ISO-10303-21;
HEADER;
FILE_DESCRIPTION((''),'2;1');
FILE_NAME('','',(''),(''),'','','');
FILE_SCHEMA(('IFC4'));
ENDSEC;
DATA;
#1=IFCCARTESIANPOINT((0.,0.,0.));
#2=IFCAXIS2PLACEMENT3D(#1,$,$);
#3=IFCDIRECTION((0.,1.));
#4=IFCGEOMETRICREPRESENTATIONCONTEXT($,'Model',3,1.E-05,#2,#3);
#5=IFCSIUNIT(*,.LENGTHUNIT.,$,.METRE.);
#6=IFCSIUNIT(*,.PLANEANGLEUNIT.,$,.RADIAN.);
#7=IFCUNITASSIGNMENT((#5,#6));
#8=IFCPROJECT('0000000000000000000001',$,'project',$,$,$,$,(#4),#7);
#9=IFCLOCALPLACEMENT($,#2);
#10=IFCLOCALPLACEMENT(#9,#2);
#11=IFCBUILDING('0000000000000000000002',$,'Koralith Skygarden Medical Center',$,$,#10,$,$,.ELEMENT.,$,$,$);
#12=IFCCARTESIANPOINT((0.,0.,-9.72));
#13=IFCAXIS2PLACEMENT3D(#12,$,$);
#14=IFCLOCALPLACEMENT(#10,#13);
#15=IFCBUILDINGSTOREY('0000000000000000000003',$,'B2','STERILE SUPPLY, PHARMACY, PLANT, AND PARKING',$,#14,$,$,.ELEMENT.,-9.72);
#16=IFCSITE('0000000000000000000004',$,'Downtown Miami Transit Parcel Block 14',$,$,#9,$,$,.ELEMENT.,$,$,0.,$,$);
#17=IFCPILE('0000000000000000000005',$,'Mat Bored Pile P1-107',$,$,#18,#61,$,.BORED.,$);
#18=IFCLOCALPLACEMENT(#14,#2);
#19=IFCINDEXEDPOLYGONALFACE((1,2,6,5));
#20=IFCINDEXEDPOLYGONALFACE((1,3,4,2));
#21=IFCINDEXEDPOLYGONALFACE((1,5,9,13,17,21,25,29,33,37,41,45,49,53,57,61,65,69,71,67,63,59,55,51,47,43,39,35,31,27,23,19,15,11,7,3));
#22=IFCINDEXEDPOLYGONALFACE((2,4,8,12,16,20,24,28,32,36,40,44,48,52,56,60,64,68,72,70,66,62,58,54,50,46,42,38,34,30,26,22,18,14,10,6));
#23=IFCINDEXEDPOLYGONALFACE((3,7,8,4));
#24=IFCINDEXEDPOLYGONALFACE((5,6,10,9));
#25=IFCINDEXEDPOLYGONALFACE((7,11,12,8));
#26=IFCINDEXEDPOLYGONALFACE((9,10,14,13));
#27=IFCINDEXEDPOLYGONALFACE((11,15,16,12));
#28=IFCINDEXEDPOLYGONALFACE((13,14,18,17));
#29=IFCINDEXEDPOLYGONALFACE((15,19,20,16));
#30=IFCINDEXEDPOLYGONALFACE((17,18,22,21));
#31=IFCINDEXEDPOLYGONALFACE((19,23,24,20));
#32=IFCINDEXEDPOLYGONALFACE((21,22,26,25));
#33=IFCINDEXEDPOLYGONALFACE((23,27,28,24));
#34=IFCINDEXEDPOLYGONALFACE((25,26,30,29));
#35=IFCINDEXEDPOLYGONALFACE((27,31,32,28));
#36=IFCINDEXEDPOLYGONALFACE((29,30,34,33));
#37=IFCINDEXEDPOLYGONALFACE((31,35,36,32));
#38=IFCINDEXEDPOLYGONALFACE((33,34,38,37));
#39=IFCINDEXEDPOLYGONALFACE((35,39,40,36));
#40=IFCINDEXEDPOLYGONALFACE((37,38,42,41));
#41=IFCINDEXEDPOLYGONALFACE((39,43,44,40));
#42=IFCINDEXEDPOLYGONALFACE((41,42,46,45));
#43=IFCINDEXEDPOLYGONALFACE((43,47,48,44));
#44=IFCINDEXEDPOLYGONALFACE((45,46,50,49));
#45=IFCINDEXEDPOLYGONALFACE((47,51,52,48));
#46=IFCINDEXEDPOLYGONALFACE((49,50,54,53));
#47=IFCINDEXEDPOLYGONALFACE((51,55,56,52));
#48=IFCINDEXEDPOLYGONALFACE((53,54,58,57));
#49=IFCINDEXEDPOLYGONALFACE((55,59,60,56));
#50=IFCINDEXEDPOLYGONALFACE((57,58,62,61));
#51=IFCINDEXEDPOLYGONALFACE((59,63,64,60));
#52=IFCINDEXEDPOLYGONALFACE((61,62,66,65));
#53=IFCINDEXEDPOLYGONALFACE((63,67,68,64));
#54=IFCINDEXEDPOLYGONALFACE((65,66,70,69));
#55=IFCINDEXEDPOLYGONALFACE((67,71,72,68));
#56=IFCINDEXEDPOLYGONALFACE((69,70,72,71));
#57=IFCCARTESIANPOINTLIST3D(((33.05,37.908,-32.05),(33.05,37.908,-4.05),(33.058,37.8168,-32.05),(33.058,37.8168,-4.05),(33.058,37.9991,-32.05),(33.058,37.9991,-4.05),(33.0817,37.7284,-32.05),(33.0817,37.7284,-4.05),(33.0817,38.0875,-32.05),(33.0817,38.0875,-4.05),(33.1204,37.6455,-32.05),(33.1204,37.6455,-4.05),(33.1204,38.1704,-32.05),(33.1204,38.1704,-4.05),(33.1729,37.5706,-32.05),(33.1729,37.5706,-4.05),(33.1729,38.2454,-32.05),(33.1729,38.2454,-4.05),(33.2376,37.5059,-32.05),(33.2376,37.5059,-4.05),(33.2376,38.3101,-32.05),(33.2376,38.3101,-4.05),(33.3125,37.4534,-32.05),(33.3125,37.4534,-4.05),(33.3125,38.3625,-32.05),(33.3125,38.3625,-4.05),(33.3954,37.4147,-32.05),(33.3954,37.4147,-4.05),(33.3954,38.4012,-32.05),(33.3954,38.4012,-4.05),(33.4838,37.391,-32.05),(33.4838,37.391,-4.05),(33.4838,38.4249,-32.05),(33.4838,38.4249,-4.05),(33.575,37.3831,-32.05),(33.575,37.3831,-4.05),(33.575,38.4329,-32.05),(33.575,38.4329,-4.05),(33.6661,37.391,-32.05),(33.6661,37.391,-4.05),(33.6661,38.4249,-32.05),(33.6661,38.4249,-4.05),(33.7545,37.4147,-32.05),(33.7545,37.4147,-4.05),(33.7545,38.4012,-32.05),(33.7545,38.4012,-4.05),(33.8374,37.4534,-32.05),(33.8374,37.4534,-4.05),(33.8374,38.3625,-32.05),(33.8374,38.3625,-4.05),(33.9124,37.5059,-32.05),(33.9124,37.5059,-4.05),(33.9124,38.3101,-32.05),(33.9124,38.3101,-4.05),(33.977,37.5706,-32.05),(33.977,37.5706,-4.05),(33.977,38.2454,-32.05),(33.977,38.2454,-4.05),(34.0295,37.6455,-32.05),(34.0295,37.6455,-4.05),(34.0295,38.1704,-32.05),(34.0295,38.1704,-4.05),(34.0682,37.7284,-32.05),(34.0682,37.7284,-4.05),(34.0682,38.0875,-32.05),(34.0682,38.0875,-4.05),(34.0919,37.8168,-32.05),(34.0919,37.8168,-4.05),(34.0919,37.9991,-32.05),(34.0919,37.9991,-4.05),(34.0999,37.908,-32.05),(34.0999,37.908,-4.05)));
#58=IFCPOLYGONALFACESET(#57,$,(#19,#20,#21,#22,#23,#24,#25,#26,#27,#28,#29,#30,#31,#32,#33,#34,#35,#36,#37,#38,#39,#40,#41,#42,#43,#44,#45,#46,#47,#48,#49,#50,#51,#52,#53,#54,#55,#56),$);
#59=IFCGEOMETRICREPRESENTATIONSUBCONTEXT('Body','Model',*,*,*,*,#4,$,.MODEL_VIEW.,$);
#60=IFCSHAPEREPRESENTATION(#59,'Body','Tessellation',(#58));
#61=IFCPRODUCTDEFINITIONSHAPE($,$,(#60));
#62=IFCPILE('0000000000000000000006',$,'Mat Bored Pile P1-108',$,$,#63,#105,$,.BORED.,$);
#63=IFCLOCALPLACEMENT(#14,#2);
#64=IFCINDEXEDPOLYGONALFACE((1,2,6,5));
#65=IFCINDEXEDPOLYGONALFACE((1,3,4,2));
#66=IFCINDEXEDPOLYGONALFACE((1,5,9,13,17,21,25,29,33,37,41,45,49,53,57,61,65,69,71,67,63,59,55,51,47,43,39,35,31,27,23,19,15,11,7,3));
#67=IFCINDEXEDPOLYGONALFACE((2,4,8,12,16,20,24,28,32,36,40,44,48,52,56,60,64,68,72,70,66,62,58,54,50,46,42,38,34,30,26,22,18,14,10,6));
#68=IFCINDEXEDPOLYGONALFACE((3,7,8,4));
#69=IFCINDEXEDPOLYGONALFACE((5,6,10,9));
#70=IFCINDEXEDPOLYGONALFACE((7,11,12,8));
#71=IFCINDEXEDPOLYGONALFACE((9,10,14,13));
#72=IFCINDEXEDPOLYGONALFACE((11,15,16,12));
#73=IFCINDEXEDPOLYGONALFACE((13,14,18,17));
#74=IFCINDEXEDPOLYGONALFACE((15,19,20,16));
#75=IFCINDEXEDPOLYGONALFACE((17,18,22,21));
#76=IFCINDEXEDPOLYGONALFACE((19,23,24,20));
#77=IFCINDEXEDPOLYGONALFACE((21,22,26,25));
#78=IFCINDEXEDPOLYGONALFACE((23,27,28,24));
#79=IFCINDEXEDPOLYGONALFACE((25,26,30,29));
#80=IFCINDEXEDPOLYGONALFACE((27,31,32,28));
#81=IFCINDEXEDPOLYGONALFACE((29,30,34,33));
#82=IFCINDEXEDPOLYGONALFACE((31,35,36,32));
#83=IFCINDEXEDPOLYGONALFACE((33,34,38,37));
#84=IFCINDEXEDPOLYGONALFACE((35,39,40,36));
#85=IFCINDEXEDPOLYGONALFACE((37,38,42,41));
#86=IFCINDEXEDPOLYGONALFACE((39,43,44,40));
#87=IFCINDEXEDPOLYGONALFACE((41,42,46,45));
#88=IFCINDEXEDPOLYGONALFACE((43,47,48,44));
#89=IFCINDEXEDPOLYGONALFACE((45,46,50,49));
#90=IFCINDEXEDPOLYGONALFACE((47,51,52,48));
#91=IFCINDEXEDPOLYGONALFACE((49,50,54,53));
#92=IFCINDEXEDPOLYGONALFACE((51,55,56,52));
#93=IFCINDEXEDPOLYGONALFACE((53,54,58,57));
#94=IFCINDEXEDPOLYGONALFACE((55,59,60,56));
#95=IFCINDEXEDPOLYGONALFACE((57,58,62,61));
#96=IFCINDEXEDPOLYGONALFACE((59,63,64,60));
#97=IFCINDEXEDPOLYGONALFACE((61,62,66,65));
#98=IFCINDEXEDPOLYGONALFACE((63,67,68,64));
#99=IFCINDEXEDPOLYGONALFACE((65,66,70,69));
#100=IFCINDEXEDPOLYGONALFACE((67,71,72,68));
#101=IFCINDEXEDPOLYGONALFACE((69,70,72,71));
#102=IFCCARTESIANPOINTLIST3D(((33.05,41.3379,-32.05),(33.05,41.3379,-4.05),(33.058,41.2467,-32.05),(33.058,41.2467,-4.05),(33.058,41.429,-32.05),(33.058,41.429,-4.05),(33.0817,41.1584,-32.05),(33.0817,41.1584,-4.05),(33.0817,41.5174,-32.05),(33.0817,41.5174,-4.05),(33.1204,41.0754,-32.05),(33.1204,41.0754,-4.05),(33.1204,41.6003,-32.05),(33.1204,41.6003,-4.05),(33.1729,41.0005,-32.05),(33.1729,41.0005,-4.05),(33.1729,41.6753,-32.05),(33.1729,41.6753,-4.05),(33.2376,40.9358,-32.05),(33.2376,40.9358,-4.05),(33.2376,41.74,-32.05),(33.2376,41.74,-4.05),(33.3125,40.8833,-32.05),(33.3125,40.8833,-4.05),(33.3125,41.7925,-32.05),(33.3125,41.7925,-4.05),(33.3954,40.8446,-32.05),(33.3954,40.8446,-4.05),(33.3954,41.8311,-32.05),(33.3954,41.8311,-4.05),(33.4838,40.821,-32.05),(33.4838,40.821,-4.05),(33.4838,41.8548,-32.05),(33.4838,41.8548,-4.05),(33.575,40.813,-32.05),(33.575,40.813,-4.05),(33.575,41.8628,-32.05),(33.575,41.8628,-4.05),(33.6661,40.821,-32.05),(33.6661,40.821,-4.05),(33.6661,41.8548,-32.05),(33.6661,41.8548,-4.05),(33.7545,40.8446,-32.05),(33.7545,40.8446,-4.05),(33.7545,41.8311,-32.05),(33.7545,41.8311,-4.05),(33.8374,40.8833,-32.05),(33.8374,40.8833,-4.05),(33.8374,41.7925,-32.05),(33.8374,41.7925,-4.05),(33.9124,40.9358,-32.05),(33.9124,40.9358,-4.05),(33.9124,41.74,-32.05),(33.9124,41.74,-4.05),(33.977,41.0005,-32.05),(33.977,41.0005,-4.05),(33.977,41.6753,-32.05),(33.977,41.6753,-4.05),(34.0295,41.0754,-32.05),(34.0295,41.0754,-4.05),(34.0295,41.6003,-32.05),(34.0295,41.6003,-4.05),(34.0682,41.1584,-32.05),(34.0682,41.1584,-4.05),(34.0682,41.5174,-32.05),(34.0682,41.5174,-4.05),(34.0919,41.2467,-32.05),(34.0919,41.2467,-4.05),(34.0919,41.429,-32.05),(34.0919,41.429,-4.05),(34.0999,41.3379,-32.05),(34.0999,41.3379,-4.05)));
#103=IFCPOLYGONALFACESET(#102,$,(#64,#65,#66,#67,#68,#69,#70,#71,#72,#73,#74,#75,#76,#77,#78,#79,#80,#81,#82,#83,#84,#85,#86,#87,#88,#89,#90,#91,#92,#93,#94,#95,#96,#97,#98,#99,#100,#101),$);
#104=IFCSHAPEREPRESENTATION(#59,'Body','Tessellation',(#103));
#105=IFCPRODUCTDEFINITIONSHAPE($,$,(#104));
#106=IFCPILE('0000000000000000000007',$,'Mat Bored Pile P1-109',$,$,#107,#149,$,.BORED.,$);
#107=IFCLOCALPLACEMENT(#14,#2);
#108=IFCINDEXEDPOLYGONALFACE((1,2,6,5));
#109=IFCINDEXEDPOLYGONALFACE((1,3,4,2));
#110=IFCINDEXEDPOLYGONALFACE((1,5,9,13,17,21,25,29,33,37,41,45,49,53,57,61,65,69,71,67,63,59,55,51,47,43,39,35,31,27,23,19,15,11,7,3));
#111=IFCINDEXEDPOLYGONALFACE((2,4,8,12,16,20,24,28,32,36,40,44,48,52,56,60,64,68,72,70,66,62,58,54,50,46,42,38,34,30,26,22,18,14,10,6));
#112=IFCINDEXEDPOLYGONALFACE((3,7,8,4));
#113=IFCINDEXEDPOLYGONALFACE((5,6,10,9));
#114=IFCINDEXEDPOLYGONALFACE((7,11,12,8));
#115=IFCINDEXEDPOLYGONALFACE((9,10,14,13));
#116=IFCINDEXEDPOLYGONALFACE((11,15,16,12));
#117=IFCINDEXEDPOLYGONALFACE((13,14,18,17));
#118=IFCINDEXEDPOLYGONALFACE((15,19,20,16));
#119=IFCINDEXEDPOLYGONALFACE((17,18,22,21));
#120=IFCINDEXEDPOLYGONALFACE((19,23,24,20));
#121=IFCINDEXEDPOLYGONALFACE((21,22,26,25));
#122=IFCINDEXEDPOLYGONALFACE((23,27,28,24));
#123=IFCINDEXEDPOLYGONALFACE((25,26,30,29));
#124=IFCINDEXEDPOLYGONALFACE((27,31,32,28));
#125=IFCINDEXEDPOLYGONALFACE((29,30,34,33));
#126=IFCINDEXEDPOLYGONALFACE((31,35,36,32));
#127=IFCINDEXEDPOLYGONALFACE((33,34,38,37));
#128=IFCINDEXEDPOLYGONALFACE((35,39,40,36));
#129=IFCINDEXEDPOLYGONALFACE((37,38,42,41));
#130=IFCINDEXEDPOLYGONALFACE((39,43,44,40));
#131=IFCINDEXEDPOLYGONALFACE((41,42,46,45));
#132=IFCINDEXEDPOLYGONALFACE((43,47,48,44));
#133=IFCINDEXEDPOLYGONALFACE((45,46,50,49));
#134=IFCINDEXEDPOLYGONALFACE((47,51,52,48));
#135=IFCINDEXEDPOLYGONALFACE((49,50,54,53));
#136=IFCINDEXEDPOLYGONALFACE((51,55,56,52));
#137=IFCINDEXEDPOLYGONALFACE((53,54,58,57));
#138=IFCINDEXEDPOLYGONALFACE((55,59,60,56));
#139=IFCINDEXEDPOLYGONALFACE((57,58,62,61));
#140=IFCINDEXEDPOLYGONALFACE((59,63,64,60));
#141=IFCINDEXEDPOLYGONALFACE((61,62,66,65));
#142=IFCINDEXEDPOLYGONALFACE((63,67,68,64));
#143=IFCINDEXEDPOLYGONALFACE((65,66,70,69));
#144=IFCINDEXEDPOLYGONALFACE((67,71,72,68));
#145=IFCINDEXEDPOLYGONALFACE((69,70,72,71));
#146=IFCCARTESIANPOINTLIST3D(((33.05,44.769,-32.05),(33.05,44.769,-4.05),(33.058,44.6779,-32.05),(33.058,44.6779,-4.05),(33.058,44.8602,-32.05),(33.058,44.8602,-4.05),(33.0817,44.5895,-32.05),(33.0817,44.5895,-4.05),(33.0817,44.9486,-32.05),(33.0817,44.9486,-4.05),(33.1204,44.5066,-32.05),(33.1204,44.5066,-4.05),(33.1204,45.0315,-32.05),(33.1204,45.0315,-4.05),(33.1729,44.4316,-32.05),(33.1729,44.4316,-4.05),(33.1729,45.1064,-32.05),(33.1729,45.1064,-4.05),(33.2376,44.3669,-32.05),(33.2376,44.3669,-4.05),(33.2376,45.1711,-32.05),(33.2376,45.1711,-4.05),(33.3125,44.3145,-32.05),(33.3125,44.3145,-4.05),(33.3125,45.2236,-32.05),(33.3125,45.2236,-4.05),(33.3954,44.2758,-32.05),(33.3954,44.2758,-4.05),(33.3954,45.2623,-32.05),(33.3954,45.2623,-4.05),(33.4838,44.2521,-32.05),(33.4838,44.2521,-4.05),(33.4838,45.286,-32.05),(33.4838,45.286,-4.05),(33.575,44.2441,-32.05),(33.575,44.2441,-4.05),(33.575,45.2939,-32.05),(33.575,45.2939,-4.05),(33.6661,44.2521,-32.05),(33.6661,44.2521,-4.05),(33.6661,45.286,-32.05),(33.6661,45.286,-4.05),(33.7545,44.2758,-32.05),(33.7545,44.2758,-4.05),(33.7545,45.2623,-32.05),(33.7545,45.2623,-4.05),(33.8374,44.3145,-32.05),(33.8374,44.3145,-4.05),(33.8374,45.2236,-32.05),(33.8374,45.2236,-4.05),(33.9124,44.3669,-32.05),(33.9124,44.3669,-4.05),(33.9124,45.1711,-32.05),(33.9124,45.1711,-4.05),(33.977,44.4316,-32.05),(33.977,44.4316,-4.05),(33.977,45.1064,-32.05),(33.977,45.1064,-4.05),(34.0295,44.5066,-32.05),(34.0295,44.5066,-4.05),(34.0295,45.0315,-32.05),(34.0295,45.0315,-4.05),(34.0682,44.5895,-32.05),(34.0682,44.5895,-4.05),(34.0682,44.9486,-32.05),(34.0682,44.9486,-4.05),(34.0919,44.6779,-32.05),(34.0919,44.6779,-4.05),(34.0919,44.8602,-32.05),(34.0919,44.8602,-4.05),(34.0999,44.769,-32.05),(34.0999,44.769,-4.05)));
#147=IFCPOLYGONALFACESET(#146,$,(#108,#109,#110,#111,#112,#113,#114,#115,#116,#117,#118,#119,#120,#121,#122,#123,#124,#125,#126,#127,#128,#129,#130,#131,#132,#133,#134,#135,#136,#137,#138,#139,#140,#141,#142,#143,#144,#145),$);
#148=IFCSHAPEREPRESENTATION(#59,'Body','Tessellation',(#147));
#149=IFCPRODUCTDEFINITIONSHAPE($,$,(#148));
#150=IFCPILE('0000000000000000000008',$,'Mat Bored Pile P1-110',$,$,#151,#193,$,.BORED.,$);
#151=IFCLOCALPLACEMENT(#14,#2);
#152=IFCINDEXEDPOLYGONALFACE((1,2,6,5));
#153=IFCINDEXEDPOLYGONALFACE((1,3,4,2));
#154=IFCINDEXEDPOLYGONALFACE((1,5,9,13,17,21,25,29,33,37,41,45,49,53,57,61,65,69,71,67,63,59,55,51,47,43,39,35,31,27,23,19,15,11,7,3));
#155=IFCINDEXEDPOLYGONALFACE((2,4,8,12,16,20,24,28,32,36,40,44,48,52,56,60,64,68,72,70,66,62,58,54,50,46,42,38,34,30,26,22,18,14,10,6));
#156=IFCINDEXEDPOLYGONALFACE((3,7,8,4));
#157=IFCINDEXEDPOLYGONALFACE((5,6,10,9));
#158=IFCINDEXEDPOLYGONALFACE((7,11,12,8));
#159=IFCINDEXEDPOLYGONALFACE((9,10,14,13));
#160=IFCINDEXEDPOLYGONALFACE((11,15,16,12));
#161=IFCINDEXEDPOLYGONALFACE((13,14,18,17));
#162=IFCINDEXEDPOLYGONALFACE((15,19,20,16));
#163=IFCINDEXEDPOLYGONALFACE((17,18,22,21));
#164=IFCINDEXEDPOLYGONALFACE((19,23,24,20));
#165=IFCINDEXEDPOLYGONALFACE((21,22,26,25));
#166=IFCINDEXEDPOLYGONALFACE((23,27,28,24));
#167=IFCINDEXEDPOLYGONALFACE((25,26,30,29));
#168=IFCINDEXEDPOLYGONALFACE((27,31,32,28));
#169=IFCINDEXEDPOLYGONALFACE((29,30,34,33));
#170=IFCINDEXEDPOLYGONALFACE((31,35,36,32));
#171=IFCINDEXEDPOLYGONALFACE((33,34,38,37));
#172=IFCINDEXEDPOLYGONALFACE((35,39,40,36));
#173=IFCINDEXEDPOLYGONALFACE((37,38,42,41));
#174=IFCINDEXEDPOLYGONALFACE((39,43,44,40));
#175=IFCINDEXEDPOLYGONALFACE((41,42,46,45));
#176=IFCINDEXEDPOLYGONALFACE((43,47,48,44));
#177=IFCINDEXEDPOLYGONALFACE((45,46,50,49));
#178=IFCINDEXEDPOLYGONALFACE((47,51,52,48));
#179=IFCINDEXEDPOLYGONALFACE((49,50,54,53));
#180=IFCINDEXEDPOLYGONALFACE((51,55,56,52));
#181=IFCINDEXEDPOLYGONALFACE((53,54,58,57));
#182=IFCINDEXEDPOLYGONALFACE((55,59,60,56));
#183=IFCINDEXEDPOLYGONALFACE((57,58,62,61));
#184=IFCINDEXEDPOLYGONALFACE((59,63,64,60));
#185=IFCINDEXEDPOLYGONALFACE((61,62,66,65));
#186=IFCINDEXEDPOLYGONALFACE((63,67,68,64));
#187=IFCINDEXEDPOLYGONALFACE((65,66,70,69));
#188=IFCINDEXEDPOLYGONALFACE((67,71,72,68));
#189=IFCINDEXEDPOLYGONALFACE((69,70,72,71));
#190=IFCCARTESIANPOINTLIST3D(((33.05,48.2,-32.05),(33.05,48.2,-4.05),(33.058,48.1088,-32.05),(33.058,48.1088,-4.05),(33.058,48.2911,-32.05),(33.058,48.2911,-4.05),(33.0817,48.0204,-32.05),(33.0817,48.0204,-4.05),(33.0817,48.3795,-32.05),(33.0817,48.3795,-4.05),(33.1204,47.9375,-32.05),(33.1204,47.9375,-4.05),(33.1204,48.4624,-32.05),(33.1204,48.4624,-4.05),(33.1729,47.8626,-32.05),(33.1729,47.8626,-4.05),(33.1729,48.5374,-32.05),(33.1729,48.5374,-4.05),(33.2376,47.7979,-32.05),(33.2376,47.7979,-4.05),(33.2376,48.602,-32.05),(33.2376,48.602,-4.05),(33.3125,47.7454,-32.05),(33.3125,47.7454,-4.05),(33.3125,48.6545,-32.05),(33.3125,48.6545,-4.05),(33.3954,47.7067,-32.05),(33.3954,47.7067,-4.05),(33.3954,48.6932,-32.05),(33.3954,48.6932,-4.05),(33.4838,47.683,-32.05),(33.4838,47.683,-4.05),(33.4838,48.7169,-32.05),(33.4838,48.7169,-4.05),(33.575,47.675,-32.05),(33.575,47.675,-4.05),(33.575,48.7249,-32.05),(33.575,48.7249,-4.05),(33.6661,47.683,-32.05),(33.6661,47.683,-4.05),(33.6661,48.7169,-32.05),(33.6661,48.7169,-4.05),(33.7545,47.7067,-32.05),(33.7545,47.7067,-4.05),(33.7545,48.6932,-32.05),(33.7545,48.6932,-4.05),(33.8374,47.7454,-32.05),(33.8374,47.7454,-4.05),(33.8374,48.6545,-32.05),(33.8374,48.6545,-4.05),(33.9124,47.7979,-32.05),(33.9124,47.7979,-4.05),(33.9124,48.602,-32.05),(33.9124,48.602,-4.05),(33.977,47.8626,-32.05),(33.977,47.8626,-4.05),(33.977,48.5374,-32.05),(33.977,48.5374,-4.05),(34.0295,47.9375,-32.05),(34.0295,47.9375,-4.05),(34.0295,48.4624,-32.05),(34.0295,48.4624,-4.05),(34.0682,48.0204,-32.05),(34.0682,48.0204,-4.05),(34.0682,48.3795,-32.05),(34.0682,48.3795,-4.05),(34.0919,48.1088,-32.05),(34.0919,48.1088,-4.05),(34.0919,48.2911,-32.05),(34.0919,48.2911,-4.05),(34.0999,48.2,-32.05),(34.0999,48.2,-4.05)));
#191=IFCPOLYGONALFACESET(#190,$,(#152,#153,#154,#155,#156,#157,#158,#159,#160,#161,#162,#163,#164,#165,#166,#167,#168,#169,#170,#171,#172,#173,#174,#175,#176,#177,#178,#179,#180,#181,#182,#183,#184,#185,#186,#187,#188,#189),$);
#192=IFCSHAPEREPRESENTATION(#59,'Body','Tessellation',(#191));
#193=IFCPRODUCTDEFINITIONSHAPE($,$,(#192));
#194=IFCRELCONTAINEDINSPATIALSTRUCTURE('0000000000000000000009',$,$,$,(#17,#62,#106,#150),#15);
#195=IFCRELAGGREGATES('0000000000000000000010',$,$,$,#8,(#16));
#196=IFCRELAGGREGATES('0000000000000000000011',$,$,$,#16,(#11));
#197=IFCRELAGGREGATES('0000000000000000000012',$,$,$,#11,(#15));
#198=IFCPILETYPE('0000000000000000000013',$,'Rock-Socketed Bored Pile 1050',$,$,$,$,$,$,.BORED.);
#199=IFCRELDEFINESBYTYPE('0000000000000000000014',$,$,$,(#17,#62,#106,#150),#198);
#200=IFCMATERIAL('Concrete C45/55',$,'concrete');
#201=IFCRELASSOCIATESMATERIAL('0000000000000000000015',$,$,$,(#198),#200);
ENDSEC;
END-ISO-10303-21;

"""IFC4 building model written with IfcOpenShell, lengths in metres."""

from ifc_helpers import new_model, si_unit, direction, frame, origin, origin_2d, place, context, subcontext, project, spatial, circle, extrude, material, material_profile, profile_set, type_object, element, save


model = new_model("IFC4")

# Units and contexts
model_context = context("Model", 3, precision=1e-05, world=origin(), true_north=direction((0.0, 1.0)))
body_context = subcontext(model_context, "Body", "Model", "MODEL_VIEW")
ifc_project = project(units=[si_unit("LENGTHUNIT", "METRE"), si_unit("PLANEANGLEUNIT", "RADIAN")], contexts=[model_context])

# Site, building, storey
site_placement = place(None, origin())
site = spatial("IfcSite", under=ifc_project, at=site_placement, Name="Downtown Miami Transit Parcel Block 14", CompositionType="ELEMENT", RefElevation=0.0)
building_placement = place(site_placement, origin())
building = spatial("IfcBuilding", under=site, at=building_placement, Name="Koralith Skygarden Medical Center", CompositionType="ELEMENT")
storey_placement = place(building_placement, frame((0.0, 0.0, -9.72)))
storey = spatial("IfcBuildingStorey", under=building, at=storey_placement, Name="B2", Description="STERILE SUPPLY, PHARMACY, PLANT, AND PARKING", CompositionType="ELEMENT", Elevation=-9.72)

# Piles
ifc_material_1 = material(Name="Concrete C45/55", Category="concrete")
ifc_material_profile_1 = material_profile(ifc_material_1, circle(Radius=0.5249, at=origin_2d()), Name="PILE1050")
ifc_profile_set_1 = profile_set([ifc_material_profile_1], Name="Concrete C45/55")
pile_type_1 = type_object("IfcPileType", Name="Rock-Socketed Bored Pile 1050", PredefinedType="BORED", material=ifc_profile_set_1)
for number, where, z_axis, x_axis, name in (
    (1, (33.575, 37.908, -4.05), (0.0, 0.0, -1.0), (1.0, 0.0, 0.0), "Mat Bored Pile P1-107"),
    (2, (33.575, 41.3379, -4.05), (0.0, 0.0, -1.0), (1.0, 0.0, 0.0), "Mat Bored Pile P1-108"),
    (3, (33.575, 44.769, -4.05), (0.0, 0.0, -1.0), (1.0, 0.0, 0.0), "Mat Bored Pile P1-109"),
    (4, (33.575, 48.2, -4.05), (0.0, 0.0, -1.0), (1.0, 0.0, 0.0), "Mat Bored Pile P1-110"),
):
    element("IfcPile", number, at=place(storey_placement, frame(where, z_axis=z_axis, x_axis=x_axis)), inside=storey, type_object=pile_type_1, Name=name, PredefinedType="BORED", context=body_context, shape_type="SweptSolid", body=[
        extrude(circle(Radius=0.5249, at=origin_2d()), origin(), (0.0, 0.0, 1.0), 28.0),
    ])

save(model, "model.ifc")
